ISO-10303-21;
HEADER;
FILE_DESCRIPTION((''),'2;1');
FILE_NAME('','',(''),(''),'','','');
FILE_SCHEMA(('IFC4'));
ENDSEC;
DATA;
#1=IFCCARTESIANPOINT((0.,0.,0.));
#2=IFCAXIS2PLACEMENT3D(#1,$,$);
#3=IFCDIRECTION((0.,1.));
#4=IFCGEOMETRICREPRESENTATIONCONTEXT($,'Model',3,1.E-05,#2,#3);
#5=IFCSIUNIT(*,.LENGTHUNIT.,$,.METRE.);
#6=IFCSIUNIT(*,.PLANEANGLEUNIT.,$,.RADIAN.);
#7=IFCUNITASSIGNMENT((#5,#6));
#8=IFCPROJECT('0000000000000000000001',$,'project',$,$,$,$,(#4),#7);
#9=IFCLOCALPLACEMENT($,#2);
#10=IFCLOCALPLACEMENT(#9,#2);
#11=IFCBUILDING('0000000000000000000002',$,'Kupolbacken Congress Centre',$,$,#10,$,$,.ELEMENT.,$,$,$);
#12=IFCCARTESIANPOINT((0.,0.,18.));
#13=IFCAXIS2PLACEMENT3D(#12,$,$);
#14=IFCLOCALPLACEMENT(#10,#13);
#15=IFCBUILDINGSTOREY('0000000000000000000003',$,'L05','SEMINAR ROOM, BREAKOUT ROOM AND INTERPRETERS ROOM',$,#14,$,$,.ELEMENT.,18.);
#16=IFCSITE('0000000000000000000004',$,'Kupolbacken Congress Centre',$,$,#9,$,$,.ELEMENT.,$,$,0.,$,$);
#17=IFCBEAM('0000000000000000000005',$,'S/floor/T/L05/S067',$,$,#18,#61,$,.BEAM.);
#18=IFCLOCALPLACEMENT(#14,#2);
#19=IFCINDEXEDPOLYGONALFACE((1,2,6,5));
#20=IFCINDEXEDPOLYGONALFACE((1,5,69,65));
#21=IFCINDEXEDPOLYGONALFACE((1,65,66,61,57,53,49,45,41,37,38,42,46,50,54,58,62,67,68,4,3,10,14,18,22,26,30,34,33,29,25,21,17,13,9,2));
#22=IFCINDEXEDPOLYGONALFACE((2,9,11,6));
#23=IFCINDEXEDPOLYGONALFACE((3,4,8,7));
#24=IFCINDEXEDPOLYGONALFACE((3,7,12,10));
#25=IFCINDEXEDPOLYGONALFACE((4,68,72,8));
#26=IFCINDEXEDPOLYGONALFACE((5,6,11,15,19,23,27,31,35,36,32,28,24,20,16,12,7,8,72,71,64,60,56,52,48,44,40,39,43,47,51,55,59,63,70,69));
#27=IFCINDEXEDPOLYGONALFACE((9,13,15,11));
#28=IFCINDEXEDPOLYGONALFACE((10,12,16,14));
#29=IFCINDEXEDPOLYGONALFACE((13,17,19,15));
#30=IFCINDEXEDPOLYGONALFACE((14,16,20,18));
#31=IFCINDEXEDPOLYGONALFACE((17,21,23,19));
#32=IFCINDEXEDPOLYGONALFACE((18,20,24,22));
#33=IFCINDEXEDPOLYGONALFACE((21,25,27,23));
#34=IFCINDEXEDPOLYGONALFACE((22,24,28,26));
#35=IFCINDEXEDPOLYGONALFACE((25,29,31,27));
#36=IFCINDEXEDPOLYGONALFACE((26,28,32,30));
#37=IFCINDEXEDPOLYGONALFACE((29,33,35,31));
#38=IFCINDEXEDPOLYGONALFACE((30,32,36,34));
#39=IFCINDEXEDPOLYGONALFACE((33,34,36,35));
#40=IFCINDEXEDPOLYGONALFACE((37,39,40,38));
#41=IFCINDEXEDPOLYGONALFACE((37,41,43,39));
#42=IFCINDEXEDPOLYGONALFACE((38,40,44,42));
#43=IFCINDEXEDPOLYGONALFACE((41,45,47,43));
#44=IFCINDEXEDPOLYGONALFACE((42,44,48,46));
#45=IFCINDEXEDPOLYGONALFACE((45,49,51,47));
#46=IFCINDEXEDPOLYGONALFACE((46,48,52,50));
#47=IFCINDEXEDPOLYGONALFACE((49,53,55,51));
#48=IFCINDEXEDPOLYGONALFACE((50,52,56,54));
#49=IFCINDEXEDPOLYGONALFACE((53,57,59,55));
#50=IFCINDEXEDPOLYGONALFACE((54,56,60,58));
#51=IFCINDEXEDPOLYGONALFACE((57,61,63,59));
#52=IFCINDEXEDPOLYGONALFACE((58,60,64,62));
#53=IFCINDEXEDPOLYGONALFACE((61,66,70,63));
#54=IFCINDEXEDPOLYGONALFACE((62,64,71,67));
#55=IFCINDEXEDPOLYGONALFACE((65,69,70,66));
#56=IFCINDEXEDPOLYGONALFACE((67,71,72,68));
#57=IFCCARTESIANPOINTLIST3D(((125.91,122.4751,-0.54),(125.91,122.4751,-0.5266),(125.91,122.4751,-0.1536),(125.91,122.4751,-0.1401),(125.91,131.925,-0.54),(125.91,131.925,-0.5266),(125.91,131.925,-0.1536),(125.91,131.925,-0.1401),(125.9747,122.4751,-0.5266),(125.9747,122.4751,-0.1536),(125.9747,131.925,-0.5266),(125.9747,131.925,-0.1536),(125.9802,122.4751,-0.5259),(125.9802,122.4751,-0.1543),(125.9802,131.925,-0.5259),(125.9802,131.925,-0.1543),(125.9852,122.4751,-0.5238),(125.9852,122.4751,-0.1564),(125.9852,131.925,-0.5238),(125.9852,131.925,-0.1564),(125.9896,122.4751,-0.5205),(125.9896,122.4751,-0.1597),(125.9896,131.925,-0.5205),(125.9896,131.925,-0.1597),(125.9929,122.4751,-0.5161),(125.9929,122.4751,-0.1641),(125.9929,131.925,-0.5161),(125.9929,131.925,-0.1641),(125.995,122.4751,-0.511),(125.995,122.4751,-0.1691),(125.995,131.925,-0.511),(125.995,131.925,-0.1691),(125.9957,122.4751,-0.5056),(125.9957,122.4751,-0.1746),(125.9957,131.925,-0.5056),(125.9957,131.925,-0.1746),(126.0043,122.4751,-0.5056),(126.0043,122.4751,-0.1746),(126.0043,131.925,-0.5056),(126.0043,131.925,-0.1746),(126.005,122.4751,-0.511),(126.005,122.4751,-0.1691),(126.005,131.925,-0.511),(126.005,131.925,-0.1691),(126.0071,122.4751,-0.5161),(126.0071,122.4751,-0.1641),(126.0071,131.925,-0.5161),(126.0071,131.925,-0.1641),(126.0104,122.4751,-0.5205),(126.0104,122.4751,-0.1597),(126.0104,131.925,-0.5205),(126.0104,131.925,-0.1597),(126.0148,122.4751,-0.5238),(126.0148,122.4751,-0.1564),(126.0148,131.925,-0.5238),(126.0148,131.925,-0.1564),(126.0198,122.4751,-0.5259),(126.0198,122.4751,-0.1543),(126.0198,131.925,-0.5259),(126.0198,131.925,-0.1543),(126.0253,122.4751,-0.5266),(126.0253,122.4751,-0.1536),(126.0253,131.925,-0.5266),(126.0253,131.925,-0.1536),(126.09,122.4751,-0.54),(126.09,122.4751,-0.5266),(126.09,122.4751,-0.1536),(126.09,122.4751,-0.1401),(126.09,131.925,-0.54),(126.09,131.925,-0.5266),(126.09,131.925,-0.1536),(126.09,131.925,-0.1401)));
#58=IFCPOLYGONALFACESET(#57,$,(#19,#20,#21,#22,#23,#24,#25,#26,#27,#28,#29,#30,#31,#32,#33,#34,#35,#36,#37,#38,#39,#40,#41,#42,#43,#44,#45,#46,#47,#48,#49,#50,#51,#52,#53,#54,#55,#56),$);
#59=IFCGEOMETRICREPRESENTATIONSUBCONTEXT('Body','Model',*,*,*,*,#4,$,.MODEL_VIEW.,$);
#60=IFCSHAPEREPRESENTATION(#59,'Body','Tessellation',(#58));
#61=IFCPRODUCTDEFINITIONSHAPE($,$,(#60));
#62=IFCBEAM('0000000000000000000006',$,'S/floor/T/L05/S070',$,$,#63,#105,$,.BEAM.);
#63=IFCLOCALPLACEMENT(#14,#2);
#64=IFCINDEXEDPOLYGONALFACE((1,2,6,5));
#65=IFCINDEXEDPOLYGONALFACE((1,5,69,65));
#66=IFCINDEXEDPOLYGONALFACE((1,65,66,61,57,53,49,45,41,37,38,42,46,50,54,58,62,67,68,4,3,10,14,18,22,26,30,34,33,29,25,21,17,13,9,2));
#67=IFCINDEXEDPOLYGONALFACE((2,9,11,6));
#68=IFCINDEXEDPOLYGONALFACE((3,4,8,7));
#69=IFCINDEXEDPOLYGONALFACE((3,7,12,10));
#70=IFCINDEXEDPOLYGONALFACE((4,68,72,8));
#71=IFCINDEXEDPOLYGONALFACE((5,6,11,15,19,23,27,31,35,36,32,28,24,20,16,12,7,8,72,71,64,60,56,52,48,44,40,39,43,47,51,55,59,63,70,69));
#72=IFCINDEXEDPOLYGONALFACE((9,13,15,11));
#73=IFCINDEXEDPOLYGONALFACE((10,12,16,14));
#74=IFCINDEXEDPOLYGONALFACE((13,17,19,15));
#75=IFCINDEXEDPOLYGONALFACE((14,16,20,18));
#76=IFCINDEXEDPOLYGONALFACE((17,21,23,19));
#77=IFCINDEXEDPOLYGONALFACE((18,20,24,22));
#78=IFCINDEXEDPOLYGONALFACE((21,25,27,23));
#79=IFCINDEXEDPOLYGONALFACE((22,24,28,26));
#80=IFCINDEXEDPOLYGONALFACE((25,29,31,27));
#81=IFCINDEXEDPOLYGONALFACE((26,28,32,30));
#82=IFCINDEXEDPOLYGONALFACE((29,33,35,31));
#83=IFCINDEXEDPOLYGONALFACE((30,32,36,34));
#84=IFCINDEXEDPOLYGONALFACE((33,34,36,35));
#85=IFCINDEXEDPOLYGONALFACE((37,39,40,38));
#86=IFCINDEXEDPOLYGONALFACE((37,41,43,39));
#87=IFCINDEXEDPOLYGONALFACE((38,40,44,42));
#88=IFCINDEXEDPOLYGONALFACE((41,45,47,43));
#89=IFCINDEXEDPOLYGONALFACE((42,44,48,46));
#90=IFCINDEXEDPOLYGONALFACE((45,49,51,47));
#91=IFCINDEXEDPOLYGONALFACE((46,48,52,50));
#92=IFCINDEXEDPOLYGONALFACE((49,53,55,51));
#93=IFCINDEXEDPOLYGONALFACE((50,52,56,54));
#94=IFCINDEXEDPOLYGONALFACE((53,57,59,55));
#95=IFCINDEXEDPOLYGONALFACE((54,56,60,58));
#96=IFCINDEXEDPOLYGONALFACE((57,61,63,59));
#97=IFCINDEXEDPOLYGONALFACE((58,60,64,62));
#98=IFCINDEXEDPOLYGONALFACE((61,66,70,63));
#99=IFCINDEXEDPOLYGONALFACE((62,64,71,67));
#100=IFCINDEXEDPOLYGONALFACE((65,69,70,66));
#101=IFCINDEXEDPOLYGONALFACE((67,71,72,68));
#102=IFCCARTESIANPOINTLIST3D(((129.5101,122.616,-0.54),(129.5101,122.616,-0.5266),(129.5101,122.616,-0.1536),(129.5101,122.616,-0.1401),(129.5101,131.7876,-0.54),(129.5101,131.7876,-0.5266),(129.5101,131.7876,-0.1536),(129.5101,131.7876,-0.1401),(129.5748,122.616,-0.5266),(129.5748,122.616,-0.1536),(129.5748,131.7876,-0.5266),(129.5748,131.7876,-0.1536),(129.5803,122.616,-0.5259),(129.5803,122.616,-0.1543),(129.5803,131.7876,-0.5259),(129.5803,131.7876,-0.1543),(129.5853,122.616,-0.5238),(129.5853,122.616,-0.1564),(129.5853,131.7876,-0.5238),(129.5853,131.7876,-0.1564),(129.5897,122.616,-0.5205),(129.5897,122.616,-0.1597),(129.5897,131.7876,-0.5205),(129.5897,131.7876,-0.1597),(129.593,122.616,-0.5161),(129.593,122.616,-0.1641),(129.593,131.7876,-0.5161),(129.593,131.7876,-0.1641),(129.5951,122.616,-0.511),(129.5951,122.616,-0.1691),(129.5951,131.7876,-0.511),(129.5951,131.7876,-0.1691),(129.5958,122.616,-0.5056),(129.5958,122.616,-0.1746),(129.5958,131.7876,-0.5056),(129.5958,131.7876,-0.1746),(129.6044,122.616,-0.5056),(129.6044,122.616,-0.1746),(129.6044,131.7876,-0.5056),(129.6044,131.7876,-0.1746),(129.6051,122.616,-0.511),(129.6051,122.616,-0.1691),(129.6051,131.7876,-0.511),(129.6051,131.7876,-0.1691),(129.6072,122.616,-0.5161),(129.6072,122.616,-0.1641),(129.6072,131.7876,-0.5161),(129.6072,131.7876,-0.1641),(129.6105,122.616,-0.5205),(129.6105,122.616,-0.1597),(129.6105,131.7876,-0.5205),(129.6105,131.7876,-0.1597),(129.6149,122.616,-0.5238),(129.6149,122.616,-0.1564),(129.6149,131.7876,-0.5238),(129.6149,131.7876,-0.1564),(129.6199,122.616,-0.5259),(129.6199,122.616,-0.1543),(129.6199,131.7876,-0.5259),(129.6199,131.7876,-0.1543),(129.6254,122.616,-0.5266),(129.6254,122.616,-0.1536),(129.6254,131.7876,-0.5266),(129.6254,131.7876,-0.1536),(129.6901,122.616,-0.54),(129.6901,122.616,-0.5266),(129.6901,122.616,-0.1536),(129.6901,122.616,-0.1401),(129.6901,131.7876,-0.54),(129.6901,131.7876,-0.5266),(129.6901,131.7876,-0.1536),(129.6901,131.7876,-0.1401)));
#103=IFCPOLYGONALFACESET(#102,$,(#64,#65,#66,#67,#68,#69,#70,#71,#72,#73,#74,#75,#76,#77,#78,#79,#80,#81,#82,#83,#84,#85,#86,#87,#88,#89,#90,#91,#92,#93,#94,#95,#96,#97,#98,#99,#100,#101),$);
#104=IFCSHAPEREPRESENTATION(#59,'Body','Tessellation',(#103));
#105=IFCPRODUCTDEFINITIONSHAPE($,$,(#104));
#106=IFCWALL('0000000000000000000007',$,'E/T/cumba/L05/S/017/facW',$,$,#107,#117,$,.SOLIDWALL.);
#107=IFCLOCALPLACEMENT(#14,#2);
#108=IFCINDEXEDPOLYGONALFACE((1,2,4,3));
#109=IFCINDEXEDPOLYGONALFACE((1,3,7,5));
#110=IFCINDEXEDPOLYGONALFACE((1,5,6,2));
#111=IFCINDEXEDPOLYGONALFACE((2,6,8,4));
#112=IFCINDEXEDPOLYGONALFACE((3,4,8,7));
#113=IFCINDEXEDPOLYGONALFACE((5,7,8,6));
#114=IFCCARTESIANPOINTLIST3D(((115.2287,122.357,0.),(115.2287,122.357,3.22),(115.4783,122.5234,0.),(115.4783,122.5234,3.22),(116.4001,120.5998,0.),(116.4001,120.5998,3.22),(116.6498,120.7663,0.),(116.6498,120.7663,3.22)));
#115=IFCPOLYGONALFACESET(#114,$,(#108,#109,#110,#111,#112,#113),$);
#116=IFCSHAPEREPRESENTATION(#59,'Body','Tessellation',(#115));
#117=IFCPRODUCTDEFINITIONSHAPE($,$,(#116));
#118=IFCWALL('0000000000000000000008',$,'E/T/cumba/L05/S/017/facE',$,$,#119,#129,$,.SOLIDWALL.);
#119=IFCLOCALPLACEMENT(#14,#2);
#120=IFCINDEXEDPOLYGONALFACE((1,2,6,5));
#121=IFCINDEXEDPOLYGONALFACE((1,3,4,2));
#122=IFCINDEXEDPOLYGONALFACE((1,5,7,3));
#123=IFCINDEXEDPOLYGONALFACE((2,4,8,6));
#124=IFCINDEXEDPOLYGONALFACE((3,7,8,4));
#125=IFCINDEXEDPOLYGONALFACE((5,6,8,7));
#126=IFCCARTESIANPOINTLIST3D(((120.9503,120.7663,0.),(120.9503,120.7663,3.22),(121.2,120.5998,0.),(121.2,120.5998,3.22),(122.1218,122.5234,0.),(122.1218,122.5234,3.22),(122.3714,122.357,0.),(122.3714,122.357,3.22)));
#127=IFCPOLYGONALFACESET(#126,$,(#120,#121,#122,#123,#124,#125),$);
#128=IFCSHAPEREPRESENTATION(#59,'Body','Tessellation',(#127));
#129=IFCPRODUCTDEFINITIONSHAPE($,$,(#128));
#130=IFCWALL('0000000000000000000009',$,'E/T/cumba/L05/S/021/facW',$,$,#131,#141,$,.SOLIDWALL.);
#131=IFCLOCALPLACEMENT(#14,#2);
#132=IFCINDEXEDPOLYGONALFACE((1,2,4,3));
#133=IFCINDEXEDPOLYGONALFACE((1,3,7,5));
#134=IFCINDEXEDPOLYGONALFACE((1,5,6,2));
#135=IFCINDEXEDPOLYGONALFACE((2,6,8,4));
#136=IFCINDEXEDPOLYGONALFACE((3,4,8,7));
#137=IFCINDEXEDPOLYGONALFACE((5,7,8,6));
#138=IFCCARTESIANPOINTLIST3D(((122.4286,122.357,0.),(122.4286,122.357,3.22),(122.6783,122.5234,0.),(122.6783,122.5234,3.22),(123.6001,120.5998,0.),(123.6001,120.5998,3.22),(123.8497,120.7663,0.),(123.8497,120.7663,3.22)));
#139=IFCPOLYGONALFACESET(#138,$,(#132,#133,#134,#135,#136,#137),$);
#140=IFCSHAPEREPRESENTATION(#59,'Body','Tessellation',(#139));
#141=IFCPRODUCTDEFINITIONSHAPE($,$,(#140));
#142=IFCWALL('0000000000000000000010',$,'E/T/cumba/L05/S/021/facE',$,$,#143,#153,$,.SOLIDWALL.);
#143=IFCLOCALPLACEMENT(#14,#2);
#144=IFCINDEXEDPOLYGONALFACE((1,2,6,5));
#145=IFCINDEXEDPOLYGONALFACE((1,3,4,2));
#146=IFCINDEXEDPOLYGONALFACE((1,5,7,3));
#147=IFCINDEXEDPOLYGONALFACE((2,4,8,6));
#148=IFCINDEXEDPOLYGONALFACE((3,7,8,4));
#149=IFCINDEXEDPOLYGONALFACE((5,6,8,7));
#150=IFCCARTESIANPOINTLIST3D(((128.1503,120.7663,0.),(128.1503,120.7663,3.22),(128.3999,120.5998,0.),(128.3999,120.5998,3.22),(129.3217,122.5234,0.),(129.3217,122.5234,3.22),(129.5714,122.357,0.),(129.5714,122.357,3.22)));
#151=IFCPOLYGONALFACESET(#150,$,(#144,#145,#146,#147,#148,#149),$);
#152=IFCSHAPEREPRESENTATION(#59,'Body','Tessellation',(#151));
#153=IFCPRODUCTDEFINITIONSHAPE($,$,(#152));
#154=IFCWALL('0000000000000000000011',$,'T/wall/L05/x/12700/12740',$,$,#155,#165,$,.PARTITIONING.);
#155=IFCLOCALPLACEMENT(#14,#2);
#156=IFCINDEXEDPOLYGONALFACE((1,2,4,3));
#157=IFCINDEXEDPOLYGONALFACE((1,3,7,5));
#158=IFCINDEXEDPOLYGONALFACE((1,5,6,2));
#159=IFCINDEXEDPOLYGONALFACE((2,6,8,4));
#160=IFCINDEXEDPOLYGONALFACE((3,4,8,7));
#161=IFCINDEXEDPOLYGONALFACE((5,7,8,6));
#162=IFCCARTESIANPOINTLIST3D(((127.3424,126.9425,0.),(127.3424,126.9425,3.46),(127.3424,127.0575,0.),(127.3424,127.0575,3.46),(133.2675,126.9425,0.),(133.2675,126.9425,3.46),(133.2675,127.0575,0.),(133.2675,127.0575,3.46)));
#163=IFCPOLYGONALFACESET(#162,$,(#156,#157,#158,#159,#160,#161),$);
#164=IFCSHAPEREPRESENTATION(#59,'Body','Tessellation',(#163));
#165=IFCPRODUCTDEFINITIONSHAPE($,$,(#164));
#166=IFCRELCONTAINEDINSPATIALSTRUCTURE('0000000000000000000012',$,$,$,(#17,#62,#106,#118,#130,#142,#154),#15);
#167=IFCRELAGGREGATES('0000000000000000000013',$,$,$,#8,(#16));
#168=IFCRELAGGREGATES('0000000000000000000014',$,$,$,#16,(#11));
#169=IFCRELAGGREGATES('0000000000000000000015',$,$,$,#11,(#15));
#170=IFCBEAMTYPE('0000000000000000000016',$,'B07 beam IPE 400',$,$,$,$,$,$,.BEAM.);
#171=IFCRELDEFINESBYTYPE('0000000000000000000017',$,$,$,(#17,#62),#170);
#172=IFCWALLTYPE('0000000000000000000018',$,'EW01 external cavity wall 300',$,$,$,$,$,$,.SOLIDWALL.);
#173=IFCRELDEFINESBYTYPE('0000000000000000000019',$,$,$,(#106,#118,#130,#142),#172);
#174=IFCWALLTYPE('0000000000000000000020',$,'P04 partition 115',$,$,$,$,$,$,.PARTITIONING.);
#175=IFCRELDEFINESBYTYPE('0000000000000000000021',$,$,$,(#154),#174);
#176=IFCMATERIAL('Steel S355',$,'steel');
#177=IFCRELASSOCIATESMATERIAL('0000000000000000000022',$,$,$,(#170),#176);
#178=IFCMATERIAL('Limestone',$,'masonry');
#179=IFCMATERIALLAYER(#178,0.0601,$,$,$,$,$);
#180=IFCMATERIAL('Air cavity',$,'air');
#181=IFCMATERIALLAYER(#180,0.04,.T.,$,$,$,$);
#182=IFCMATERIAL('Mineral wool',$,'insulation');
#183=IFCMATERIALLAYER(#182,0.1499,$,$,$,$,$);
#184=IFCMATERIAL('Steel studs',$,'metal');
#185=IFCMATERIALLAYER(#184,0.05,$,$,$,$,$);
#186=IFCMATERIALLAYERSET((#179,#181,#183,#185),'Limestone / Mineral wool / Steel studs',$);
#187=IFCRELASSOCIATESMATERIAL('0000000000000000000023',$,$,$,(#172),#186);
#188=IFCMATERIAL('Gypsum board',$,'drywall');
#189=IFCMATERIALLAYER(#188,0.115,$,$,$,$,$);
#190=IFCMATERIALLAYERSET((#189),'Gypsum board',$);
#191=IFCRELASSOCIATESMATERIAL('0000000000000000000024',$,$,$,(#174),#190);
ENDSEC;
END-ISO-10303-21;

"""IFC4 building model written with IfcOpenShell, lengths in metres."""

from ifc_helpers import new_model, si_unit, direction, frame, frame_2d, origin, origin_2d, place, context, subcontext, project, spatial, rectangle, i_section, extrude, material, layer, layer_set, material_profile, profile_set, type_object, element, save


model = new_model("IFC4")

# Units and contexts
model_context = context("Model", 3, precision=1e-05, world=origin(), true_north=direction((0.0, 1.0)))
body_context = subcontext(model_context, "Body", "Model", "MODEL_VIEW")
ifc_project = project(units=[si_unit("LENGTHUNIT", "METRE"), si_unit("PLANEANGLEUNIT", "RADIAN")], contexts=[model_context])

# Site, building, storey
site_placement = place(None, origin())
site = spatial("IfcSite", under=ifc_project, at=site_placement, Name="Kupolbacken Congress Centre", CompositionType="ELEMENT", RefElevation=0.0)
building_placement = place(site_placement, origin())
building = spatial("IfcBuilding", under=site, at=building_placement, Name="Kupolbacken Congress Centre", CompositionType="ELEMENT")
storey_placement = place(building_placement, frame((0.0, 0.0, 18.0)))
storey = spatial("IfcBuildingStorey", under=building, at=storey_placement, Name="L05", Description="SEMINAR ROOM, BREAKOUT ROOM AND INTERPRETERS ROOM", CompositionType="ELEMENT", Elevation=18.0)

# Beams
ifc_material_1 = material(Name="Steel S355", Category="steel")
ifc_material_profile_1 = material_profile(ifc_material_1, i_section(OverallWidth=0.1799, OverallDepth=0.3999, WebThickness=0.0085, FlangeThickness=0.0134, FilletRadius=0.021, at=origin_2d()), Name="IPE 400")
ifc_profile_set_1 = profile_set([ifc_material_profile_1], Name="Steel S355")
beam_type_1 = type_object("IfcBeamType", Name="B07 beam IPE 400", PredefinedType="BEAM", material=ifc_profile_set_1)
beam_1_placement = place(storey_placement, frame((126.0, 122.4751, -0.3401), z_axis=(0.0, 1.0, 0.0), x_axis=(-1.0, 0.0, 0.0)))
element("IfcBeam", 1, at=beam_1_placement, inside=storey, type_object=beam_type_1, Name="S/floor/T/L05/S067", PredefinedType="BEAM", context=body_context, shape_type="SweptSolid", body=[
    extrude(i_section(OverallWidth=0.1799, OverallDepth=0.3999, WebThickness=0.0085, FlangeThickness=0.0134, FilletRadius=0.021, at=origin_2d()), origin(), (0.0, 0.0, 1.0), 9.45),
])
beam_2_placement = place(storey_placement, frame((129.6001, 122.616, -0.3401), z_axis=(0.0, 1.0, 0.0), x_axis=(-1.0, 0.0, 0.0)))
element("IfcBeam", 2, at=beam_2_placement, inside=storey, type_object=beam_type_1, Name="S/floor/T/L05/S070", PredefinedType="BEAM", context=body_context, shape_type="SweptSolid", body=[
    extrude(i_section(OverallWidth=0.1799, OverallDepth=0.3999, WebThickness=0.0085, FlangeThickness=0.0134, FilletRadius=0.021, at=origin_2d()), origin(), (0.0, 0.0, 1.0), 9.1716),
])

# Walls
ifc_material_2 = material(Name="Limestone", Category="masonry")
ifc_layer_1 = layer(ifc_material_2, 0.0601)
ifc_material_3 = material(Name="Air cavity", Category="air")
ifc_layer_2 = layer(ifc_material_3, 0.04, ventilated=True)
ifc_material_4 = material(Name="Mineral wool", Category="insulation")
ifc_layer_3 = layer(ifc_material_4, 0.1499)
ifc_material_5 = material(Name="Steel studs", Category="metal")
ifc_layer_4 = layer(ifc_material_5, 0.05)
ifc_layer_set_1 = layer_set([ifc_layer_1, ifc_layer_2, ifc_layer_3, ifc_layer_4], Name="Limestone / Mineral wool / Steel studs")
wall_type_1 = type_object("IfcWallType", Name="EW01 external cavity wall 300", PredefinedType="SOLIDWALL", material=ifc_layer_set_1)
for number, where, z_axis, x_axis, name in (
    (3, (115.3535, 122.4402, 0.0), (0.0, 0.0, 1.0), (0.5547, -0.83205, 0.0), "E/T/cumba/L05/S/017/facW"),
    (4, (122.2466, 122.4402, 0.0), (0.0, 0.0, 1.0), (-0.5547, -0.83205, 0.0), "E/T/cumba/L05/S/017/facE"),
    (5, (122.5535, 122.4402, 0.0), (0.0, 0.0, 1.0), (0.5547, -0.83205, 0.0), "E/T/cumba/L05/S/021/facW"),
    (6, (129.4465, 122.4402, 0.0), (0.0, 0.0, 1.0), (-0.5547, -0.83205, 0.0), "E/T/cumba/L05/S/021/facE"),
):
    element("IfcWall", number, at=place(storey_placement, frame(where, z_axis=z_axis, x_axis=x_axis)), inside=storey, type_object=wall_type_1, Name=name, PredefinedType="SOLIDWALL", context=body_context, shape_type="SweptSolid", body=[
        extrude(rectangle(XDim=2.1118, YDim=0.3, at=frame_2d((1.0559, 0.0))), origin(), (0.0, 0.0, 1.0), 3.22),
    ])
ifc_material_6 = material(Name="Gypsum board", Category="drywall")
ifc_layer_5 = layer(ifc_material_6, 0.115)
ifc_layer_set_2 = layer_set([ifc_layer_5], Name="Gypsum board")
wall_type_2 = type_object("IfcWallType", Name="P04 partition 115", PredefinedType="PARTITIONING", material=ifc_layer_set_2)
wall_1_placement = place(storey_placement, frame((127.3425, 127.0, 0.0), z_axis=(0.0, 0.0, 1.0), x_axis=(1.0, 0.0, 0.0)))
element("IfcWall", 7, at=wall_1_placement, inside=storey, type_object=wall_type_2, Name="T/wall/L05/x/12700/12740", PredefinedType="PARTITIONING", context=body_context, shape_type="SweptSolid", body=[
    extrude(rectangle(XDim=5.925, YDim=0.115, at=frame_2d((2.9624, 0.0))), origin(), (0.0, 0.0, 1.0), 3.46),
])

save(model, "model.ifc")
